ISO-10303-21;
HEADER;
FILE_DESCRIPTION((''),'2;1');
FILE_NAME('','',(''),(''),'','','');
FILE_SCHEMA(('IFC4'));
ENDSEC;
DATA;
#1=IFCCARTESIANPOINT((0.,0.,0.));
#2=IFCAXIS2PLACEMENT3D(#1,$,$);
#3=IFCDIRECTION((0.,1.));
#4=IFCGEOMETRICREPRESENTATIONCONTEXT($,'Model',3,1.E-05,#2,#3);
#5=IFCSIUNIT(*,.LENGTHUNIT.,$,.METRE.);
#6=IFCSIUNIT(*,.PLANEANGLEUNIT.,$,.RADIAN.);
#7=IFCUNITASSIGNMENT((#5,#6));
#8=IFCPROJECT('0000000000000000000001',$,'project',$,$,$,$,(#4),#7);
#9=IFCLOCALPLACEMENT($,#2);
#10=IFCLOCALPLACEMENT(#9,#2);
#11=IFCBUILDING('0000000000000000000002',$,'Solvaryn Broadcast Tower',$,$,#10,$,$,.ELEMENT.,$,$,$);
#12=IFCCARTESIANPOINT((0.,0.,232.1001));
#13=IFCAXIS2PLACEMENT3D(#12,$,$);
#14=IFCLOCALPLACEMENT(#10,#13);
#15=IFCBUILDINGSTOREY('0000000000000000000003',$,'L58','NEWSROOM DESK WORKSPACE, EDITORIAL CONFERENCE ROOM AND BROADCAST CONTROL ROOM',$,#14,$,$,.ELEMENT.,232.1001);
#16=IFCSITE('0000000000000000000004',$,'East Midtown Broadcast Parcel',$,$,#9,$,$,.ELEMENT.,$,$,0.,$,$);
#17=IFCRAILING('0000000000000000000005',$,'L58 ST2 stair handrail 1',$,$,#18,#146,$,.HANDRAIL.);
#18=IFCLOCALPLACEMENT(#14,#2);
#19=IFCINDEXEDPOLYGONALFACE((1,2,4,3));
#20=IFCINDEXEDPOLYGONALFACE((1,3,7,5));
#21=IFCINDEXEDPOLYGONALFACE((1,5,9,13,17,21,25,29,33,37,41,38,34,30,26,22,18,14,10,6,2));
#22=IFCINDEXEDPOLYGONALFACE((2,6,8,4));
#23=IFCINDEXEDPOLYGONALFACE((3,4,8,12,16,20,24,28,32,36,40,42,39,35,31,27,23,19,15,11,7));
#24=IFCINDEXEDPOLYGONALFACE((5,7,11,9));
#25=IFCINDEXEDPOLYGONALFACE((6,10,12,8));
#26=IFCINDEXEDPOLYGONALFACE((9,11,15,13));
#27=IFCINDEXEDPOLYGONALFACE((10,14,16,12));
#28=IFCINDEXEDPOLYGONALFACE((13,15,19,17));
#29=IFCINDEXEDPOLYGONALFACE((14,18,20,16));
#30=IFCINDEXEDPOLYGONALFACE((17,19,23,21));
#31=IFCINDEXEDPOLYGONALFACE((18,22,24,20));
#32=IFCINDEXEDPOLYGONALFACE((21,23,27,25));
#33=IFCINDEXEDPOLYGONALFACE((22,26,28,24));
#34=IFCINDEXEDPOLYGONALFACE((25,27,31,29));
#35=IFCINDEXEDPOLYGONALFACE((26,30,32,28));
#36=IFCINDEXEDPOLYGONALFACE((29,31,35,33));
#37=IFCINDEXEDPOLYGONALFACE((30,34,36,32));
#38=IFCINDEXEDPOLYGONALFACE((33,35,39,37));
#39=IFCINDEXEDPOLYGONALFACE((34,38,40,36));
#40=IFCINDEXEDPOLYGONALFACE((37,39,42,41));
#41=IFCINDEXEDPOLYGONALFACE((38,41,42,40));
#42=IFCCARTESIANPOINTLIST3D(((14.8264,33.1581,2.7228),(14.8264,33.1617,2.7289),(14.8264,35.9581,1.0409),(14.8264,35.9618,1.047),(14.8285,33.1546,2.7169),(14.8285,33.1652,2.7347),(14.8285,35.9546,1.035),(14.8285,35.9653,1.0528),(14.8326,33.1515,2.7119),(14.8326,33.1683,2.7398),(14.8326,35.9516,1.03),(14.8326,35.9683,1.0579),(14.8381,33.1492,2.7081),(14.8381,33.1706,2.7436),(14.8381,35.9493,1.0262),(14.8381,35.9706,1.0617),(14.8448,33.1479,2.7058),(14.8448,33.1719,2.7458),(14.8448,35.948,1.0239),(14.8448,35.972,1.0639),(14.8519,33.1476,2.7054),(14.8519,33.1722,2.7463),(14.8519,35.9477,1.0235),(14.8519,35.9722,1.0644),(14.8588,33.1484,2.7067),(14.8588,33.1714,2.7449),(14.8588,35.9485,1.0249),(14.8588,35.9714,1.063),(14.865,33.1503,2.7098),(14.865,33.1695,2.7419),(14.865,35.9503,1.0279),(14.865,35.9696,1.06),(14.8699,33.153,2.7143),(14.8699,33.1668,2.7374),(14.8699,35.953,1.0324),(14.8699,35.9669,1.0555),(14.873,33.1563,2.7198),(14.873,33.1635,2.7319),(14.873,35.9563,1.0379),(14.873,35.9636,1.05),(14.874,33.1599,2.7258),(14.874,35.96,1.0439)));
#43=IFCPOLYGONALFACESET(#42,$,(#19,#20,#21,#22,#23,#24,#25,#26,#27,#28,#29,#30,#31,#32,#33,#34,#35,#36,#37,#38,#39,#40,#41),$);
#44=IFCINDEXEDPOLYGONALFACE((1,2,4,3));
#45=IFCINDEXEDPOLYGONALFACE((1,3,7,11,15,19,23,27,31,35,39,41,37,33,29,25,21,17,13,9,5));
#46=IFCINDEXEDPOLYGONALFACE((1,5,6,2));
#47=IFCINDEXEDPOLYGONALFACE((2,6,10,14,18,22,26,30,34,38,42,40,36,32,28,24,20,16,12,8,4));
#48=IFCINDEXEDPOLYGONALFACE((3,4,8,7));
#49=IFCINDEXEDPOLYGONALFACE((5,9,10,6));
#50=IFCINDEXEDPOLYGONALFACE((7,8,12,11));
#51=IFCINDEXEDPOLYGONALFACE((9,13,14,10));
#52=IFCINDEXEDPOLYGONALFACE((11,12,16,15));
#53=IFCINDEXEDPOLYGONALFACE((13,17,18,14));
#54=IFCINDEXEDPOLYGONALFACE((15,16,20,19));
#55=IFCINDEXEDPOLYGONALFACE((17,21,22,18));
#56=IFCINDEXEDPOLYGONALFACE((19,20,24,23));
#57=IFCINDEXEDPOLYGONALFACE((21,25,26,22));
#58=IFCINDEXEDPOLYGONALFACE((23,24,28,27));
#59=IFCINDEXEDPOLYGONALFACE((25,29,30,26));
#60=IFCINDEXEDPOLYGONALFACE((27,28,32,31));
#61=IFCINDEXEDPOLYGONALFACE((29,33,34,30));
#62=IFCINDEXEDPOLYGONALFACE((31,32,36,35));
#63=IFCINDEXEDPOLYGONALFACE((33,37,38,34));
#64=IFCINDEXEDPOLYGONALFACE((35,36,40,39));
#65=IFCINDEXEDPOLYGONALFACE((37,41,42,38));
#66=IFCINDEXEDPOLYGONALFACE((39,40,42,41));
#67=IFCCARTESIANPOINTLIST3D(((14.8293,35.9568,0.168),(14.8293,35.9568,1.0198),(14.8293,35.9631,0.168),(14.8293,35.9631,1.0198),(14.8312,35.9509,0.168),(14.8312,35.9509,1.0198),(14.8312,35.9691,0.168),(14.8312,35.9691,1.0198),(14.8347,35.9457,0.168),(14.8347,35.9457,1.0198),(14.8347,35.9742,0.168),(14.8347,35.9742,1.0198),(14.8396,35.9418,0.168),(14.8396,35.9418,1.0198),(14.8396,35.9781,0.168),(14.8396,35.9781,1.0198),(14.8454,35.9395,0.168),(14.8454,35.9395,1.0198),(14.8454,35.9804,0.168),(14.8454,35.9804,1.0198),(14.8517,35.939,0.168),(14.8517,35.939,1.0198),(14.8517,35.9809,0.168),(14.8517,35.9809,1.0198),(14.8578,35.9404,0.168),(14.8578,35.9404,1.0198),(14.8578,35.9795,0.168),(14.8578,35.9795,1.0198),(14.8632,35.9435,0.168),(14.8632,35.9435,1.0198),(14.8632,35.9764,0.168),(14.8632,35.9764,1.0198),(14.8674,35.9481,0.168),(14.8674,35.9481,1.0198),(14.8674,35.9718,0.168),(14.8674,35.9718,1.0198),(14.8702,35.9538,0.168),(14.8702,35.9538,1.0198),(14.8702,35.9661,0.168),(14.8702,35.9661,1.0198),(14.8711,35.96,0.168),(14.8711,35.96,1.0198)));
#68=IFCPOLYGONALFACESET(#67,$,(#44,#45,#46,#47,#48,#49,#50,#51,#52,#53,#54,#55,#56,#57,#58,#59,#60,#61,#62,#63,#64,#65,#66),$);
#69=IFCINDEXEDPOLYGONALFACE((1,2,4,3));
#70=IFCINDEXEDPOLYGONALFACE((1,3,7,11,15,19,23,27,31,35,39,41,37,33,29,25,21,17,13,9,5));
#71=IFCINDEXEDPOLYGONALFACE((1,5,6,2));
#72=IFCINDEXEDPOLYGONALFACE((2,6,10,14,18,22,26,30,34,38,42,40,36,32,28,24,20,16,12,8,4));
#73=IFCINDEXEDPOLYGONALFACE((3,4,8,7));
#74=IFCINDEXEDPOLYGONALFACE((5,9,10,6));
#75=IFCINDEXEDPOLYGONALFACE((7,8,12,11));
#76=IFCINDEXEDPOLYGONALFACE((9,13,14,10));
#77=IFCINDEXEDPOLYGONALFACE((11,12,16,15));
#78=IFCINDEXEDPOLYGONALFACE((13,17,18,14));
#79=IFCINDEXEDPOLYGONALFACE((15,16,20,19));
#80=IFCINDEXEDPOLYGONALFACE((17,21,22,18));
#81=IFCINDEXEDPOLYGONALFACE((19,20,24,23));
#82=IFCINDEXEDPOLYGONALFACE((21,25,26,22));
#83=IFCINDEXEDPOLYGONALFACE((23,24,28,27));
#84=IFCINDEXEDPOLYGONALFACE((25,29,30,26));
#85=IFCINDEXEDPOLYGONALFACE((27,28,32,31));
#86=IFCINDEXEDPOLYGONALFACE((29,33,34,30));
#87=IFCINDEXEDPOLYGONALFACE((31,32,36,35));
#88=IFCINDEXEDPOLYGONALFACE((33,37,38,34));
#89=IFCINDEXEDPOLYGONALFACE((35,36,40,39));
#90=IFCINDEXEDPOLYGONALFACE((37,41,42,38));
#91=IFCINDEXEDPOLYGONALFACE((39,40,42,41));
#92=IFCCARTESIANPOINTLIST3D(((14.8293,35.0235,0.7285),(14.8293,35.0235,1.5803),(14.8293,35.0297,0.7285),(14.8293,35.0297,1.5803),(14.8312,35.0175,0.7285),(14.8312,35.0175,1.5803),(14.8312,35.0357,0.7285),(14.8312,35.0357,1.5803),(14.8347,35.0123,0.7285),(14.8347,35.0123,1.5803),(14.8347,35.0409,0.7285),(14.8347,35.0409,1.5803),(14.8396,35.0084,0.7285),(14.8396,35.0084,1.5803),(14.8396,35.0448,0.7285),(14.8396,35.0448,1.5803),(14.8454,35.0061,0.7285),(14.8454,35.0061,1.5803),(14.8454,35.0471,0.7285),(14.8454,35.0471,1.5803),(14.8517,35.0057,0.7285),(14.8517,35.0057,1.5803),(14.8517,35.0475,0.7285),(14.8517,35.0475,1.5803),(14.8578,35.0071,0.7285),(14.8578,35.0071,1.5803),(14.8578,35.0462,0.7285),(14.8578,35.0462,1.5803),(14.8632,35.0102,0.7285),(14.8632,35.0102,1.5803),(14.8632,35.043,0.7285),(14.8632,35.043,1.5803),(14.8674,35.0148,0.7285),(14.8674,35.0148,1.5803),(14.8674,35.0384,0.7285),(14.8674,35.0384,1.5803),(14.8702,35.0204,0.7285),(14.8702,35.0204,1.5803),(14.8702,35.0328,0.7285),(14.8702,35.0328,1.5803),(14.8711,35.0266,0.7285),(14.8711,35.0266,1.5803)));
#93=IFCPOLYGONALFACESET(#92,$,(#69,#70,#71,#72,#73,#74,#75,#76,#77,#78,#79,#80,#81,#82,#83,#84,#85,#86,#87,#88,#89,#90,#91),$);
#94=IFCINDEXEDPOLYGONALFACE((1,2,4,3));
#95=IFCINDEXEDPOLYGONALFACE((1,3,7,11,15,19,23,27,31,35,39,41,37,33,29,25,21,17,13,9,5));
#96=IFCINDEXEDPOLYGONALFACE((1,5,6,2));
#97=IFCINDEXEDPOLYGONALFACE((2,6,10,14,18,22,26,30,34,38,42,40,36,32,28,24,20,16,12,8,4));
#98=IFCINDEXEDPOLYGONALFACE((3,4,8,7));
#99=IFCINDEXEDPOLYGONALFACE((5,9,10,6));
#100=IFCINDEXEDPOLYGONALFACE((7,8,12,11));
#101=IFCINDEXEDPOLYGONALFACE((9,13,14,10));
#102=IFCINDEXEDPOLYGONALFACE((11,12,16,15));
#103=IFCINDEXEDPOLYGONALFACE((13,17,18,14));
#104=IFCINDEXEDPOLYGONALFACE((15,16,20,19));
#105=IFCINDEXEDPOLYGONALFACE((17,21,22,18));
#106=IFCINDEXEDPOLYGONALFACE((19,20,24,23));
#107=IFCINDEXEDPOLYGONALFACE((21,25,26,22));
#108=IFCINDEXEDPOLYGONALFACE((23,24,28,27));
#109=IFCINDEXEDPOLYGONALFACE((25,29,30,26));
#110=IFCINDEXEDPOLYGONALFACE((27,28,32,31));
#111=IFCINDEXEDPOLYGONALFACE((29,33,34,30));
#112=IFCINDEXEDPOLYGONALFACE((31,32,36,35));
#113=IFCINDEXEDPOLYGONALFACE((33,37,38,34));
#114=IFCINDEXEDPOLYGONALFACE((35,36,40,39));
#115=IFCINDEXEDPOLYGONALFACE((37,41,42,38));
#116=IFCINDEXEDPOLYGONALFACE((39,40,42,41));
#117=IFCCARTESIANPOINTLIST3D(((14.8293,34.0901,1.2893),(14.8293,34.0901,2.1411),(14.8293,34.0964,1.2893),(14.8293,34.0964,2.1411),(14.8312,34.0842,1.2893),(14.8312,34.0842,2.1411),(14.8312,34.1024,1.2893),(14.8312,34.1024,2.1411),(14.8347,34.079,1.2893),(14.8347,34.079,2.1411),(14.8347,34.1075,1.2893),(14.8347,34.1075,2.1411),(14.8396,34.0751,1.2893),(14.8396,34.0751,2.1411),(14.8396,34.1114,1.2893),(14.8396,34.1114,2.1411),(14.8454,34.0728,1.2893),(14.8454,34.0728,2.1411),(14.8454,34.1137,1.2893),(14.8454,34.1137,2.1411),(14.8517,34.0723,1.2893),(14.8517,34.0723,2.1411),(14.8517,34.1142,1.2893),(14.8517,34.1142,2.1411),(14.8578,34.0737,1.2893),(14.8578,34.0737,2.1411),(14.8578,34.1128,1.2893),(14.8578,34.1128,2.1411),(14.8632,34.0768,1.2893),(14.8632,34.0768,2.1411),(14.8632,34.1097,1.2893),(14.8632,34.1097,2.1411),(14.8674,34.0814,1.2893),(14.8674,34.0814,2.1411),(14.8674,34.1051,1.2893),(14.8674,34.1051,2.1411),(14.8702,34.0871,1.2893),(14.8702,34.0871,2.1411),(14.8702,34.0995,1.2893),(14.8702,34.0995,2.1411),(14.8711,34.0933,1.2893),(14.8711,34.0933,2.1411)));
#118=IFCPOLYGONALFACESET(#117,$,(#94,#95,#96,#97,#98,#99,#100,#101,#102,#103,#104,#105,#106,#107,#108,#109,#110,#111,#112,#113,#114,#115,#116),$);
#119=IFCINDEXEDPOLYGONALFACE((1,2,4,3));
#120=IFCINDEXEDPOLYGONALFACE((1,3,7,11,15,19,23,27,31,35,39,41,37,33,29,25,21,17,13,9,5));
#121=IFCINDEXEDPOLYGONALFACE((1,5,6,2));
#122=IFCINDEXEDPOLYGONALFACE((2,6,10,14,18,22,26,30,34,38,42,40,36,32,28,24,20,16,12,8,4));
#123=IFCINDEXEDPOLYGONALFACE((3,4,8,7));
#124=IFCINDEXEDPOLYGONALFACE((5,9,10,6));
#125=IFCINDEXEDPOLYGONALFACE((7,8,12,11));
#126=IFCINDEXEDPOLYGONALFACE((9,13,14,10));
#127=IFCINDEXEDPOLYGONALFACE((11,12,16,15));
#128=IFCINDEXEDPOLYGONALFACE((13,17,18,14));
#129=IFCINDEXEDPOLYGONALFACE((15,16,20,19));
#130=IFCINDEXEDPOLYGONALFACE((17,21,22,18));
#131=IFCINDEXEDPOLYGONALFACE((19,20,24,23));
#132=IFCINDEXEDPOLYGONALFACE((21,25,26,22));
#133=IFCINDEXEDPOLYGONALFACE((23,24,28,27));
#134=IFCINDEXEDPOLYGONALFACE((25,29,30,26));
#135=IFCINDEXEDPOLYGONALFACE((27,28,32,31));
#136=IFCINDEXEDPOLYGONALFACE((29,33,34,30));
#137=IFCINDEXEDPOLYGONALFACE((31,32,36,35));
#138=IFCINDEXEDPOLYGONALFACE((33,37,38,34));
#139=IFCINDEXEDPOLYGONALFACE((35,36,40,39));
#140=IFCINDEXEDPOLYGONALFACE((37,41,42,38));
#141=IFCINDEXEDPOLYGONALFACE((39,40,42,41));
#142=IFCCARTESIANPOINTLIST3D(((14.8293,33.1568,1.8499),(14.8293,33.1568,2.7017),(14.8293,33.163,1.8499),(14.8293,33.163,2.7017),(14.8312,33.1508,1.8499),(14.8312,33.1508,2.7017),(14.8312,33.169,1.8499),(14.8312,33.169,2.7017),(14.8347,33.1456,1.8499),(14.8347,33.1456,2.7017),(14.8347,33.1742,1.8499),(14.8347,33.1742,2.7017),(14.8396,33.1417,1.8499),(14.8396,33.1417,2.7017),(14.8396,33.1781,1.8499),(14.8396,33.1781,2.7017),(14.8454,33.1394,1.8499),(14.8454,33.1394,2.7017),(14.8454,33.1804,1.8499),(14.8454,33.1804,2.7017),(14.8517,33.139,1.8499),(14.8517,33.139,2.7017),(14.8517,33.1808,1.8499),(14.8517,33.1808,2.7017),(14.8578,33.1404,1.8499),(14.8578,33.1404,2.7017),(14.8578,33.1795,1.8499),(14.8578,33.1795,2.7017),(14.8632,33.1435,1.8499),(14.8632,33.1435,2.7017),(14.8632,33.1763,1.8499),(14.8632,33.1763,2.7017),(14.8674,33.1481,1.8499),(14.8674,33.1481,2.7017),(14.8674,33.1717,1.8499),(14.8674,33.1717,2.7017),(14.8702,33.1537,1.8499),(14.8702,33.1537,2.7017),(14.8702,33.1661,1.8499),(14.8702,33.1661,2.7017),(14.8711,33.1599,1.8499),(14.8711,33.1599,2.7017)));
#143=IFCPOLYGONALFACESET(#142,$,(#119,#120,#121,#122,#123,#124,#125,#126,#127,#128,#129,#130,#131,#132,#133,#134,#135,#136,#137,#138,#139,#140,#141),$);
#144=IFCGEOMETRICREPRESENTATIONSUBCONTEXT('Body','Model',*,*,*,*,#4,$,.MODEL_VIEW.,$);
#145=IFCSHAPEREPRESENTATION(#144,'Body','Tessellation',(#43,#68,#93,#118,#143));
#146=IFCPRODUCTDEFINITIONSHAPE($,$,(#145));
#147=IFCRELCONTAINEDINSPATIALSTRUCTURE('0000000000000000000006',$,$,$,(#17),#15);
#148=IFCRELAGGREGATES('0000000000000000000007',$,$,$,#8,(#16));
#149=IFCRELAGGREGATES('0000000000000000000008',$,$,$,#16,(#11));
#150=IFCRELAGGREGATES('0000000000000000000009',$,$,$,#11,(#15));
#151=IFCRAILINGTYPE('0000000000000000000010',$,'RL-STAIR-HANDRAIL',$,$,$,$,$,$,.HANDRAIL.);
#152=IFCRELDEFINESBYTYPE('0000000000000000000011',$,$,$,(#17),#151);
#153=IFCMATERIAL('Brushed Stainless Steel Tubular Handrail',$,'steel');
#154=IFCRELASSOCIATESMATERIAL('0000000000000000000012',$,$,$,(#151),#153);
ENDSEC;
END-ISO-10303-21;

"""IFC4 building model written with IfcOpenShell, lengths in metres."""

from ifc_helpers import new_model, si_unit, direction, frame, origin, origin_2d, place, context, subcontext, project, spatial, circle, extrude, material, type_object, element, save


model = new_model("IFC4")

# Units and contexts
model_context = context("Model", 3, precision=1e-05, world=origin(), true_north=direction((0.0, 1.0)))
body_context = subcontext(model_context, "Body", "Model", "MODEL_VIEW")
ifc_project = project(units=[si_unit("LENGTHUNIT", "METRE"), si_unit("PLANEANGLEUNIT", "RADIAN")], contexts=[model_context])

# Site, building, storey
site_placement = place(None, origin())
site = spatial("IfcSite", under=ifc_project, at=site_placement, Name="East Midtown Broadcast Parcel", CompositionType="ELEMENT", RefElevation=0.0)
building_placement = place(site_placement, origin())
building = spatial("IfcBuilding", under=site, at=building_placement, Name="Solvaryn Broadcast Tower", CompositionType="ELEMENT")
storey_placement = place(building_placement, frame((0.0, 0.0, 232.1001)))
storey = spatial("IfcBuildingStorey", under=building, at=storey_placement, Name="L58", Description="NEWSROOM DESK WORKSPACE, EDITORIAL CONFERENCE ROOM AND BROADCAST CONTROL ROOM", CompositionType="ELEMENT", Elevation=232.1001)

# Railing
ifc_material_1 = material(Name="Brushed Stainless Steel Tubular Handrail", Category="steel")
railing_type_1 = type_object("IfcRailingType", Name="RL-STAIR-HANDRAIL", PredefinedType="HANDRAIL", material=ifc_material_1)
railing_1_placement = place(storey_placement, frame((14.8501, 35.96, 0.168)))
element("IfcRailing", 1, at=railing_1_placement, inside=storey, type_object=railing_type_1, Name="L58 ST2 stair handrail 1", PredefinedType="HANDRAIL", context=body_context, shape_type="SweptSolid", body=[
    extrude(circle(Radius=0.0239, at=origin_2d()), frame((0.0, 0.0, 0.876), z_axis=(0.0, -0.857242, 0.514913), x_axis=(1.0, 0.0, 0.0)), (0.0, 0.0, 1.0), 3.2664),
    extrude(circle(Radius=0.021, at=origin_2d()), origin(), (0.0, 0.0, 1.0), 0.8518),
    extrude(circle(Radius=0.021, at=origin_2d()), frame((0.0, -0.9333, 0.5605)), (0.0, 0.0, 1.0), 0.8518),
    extrude(circle(Radius=0.021, at=origin_2d()), frame((0.0, -1.8667, 1.1213)), (0.0, 0.0, 1.0), 0.8518),
    extrude(circle(Radius=0.021, at=origin_2d()), frame((0.0, -2.8, 1.6819)), (0.0, 0.0, 1.0), 0.8518),
])

save(model, "model.ifc")
